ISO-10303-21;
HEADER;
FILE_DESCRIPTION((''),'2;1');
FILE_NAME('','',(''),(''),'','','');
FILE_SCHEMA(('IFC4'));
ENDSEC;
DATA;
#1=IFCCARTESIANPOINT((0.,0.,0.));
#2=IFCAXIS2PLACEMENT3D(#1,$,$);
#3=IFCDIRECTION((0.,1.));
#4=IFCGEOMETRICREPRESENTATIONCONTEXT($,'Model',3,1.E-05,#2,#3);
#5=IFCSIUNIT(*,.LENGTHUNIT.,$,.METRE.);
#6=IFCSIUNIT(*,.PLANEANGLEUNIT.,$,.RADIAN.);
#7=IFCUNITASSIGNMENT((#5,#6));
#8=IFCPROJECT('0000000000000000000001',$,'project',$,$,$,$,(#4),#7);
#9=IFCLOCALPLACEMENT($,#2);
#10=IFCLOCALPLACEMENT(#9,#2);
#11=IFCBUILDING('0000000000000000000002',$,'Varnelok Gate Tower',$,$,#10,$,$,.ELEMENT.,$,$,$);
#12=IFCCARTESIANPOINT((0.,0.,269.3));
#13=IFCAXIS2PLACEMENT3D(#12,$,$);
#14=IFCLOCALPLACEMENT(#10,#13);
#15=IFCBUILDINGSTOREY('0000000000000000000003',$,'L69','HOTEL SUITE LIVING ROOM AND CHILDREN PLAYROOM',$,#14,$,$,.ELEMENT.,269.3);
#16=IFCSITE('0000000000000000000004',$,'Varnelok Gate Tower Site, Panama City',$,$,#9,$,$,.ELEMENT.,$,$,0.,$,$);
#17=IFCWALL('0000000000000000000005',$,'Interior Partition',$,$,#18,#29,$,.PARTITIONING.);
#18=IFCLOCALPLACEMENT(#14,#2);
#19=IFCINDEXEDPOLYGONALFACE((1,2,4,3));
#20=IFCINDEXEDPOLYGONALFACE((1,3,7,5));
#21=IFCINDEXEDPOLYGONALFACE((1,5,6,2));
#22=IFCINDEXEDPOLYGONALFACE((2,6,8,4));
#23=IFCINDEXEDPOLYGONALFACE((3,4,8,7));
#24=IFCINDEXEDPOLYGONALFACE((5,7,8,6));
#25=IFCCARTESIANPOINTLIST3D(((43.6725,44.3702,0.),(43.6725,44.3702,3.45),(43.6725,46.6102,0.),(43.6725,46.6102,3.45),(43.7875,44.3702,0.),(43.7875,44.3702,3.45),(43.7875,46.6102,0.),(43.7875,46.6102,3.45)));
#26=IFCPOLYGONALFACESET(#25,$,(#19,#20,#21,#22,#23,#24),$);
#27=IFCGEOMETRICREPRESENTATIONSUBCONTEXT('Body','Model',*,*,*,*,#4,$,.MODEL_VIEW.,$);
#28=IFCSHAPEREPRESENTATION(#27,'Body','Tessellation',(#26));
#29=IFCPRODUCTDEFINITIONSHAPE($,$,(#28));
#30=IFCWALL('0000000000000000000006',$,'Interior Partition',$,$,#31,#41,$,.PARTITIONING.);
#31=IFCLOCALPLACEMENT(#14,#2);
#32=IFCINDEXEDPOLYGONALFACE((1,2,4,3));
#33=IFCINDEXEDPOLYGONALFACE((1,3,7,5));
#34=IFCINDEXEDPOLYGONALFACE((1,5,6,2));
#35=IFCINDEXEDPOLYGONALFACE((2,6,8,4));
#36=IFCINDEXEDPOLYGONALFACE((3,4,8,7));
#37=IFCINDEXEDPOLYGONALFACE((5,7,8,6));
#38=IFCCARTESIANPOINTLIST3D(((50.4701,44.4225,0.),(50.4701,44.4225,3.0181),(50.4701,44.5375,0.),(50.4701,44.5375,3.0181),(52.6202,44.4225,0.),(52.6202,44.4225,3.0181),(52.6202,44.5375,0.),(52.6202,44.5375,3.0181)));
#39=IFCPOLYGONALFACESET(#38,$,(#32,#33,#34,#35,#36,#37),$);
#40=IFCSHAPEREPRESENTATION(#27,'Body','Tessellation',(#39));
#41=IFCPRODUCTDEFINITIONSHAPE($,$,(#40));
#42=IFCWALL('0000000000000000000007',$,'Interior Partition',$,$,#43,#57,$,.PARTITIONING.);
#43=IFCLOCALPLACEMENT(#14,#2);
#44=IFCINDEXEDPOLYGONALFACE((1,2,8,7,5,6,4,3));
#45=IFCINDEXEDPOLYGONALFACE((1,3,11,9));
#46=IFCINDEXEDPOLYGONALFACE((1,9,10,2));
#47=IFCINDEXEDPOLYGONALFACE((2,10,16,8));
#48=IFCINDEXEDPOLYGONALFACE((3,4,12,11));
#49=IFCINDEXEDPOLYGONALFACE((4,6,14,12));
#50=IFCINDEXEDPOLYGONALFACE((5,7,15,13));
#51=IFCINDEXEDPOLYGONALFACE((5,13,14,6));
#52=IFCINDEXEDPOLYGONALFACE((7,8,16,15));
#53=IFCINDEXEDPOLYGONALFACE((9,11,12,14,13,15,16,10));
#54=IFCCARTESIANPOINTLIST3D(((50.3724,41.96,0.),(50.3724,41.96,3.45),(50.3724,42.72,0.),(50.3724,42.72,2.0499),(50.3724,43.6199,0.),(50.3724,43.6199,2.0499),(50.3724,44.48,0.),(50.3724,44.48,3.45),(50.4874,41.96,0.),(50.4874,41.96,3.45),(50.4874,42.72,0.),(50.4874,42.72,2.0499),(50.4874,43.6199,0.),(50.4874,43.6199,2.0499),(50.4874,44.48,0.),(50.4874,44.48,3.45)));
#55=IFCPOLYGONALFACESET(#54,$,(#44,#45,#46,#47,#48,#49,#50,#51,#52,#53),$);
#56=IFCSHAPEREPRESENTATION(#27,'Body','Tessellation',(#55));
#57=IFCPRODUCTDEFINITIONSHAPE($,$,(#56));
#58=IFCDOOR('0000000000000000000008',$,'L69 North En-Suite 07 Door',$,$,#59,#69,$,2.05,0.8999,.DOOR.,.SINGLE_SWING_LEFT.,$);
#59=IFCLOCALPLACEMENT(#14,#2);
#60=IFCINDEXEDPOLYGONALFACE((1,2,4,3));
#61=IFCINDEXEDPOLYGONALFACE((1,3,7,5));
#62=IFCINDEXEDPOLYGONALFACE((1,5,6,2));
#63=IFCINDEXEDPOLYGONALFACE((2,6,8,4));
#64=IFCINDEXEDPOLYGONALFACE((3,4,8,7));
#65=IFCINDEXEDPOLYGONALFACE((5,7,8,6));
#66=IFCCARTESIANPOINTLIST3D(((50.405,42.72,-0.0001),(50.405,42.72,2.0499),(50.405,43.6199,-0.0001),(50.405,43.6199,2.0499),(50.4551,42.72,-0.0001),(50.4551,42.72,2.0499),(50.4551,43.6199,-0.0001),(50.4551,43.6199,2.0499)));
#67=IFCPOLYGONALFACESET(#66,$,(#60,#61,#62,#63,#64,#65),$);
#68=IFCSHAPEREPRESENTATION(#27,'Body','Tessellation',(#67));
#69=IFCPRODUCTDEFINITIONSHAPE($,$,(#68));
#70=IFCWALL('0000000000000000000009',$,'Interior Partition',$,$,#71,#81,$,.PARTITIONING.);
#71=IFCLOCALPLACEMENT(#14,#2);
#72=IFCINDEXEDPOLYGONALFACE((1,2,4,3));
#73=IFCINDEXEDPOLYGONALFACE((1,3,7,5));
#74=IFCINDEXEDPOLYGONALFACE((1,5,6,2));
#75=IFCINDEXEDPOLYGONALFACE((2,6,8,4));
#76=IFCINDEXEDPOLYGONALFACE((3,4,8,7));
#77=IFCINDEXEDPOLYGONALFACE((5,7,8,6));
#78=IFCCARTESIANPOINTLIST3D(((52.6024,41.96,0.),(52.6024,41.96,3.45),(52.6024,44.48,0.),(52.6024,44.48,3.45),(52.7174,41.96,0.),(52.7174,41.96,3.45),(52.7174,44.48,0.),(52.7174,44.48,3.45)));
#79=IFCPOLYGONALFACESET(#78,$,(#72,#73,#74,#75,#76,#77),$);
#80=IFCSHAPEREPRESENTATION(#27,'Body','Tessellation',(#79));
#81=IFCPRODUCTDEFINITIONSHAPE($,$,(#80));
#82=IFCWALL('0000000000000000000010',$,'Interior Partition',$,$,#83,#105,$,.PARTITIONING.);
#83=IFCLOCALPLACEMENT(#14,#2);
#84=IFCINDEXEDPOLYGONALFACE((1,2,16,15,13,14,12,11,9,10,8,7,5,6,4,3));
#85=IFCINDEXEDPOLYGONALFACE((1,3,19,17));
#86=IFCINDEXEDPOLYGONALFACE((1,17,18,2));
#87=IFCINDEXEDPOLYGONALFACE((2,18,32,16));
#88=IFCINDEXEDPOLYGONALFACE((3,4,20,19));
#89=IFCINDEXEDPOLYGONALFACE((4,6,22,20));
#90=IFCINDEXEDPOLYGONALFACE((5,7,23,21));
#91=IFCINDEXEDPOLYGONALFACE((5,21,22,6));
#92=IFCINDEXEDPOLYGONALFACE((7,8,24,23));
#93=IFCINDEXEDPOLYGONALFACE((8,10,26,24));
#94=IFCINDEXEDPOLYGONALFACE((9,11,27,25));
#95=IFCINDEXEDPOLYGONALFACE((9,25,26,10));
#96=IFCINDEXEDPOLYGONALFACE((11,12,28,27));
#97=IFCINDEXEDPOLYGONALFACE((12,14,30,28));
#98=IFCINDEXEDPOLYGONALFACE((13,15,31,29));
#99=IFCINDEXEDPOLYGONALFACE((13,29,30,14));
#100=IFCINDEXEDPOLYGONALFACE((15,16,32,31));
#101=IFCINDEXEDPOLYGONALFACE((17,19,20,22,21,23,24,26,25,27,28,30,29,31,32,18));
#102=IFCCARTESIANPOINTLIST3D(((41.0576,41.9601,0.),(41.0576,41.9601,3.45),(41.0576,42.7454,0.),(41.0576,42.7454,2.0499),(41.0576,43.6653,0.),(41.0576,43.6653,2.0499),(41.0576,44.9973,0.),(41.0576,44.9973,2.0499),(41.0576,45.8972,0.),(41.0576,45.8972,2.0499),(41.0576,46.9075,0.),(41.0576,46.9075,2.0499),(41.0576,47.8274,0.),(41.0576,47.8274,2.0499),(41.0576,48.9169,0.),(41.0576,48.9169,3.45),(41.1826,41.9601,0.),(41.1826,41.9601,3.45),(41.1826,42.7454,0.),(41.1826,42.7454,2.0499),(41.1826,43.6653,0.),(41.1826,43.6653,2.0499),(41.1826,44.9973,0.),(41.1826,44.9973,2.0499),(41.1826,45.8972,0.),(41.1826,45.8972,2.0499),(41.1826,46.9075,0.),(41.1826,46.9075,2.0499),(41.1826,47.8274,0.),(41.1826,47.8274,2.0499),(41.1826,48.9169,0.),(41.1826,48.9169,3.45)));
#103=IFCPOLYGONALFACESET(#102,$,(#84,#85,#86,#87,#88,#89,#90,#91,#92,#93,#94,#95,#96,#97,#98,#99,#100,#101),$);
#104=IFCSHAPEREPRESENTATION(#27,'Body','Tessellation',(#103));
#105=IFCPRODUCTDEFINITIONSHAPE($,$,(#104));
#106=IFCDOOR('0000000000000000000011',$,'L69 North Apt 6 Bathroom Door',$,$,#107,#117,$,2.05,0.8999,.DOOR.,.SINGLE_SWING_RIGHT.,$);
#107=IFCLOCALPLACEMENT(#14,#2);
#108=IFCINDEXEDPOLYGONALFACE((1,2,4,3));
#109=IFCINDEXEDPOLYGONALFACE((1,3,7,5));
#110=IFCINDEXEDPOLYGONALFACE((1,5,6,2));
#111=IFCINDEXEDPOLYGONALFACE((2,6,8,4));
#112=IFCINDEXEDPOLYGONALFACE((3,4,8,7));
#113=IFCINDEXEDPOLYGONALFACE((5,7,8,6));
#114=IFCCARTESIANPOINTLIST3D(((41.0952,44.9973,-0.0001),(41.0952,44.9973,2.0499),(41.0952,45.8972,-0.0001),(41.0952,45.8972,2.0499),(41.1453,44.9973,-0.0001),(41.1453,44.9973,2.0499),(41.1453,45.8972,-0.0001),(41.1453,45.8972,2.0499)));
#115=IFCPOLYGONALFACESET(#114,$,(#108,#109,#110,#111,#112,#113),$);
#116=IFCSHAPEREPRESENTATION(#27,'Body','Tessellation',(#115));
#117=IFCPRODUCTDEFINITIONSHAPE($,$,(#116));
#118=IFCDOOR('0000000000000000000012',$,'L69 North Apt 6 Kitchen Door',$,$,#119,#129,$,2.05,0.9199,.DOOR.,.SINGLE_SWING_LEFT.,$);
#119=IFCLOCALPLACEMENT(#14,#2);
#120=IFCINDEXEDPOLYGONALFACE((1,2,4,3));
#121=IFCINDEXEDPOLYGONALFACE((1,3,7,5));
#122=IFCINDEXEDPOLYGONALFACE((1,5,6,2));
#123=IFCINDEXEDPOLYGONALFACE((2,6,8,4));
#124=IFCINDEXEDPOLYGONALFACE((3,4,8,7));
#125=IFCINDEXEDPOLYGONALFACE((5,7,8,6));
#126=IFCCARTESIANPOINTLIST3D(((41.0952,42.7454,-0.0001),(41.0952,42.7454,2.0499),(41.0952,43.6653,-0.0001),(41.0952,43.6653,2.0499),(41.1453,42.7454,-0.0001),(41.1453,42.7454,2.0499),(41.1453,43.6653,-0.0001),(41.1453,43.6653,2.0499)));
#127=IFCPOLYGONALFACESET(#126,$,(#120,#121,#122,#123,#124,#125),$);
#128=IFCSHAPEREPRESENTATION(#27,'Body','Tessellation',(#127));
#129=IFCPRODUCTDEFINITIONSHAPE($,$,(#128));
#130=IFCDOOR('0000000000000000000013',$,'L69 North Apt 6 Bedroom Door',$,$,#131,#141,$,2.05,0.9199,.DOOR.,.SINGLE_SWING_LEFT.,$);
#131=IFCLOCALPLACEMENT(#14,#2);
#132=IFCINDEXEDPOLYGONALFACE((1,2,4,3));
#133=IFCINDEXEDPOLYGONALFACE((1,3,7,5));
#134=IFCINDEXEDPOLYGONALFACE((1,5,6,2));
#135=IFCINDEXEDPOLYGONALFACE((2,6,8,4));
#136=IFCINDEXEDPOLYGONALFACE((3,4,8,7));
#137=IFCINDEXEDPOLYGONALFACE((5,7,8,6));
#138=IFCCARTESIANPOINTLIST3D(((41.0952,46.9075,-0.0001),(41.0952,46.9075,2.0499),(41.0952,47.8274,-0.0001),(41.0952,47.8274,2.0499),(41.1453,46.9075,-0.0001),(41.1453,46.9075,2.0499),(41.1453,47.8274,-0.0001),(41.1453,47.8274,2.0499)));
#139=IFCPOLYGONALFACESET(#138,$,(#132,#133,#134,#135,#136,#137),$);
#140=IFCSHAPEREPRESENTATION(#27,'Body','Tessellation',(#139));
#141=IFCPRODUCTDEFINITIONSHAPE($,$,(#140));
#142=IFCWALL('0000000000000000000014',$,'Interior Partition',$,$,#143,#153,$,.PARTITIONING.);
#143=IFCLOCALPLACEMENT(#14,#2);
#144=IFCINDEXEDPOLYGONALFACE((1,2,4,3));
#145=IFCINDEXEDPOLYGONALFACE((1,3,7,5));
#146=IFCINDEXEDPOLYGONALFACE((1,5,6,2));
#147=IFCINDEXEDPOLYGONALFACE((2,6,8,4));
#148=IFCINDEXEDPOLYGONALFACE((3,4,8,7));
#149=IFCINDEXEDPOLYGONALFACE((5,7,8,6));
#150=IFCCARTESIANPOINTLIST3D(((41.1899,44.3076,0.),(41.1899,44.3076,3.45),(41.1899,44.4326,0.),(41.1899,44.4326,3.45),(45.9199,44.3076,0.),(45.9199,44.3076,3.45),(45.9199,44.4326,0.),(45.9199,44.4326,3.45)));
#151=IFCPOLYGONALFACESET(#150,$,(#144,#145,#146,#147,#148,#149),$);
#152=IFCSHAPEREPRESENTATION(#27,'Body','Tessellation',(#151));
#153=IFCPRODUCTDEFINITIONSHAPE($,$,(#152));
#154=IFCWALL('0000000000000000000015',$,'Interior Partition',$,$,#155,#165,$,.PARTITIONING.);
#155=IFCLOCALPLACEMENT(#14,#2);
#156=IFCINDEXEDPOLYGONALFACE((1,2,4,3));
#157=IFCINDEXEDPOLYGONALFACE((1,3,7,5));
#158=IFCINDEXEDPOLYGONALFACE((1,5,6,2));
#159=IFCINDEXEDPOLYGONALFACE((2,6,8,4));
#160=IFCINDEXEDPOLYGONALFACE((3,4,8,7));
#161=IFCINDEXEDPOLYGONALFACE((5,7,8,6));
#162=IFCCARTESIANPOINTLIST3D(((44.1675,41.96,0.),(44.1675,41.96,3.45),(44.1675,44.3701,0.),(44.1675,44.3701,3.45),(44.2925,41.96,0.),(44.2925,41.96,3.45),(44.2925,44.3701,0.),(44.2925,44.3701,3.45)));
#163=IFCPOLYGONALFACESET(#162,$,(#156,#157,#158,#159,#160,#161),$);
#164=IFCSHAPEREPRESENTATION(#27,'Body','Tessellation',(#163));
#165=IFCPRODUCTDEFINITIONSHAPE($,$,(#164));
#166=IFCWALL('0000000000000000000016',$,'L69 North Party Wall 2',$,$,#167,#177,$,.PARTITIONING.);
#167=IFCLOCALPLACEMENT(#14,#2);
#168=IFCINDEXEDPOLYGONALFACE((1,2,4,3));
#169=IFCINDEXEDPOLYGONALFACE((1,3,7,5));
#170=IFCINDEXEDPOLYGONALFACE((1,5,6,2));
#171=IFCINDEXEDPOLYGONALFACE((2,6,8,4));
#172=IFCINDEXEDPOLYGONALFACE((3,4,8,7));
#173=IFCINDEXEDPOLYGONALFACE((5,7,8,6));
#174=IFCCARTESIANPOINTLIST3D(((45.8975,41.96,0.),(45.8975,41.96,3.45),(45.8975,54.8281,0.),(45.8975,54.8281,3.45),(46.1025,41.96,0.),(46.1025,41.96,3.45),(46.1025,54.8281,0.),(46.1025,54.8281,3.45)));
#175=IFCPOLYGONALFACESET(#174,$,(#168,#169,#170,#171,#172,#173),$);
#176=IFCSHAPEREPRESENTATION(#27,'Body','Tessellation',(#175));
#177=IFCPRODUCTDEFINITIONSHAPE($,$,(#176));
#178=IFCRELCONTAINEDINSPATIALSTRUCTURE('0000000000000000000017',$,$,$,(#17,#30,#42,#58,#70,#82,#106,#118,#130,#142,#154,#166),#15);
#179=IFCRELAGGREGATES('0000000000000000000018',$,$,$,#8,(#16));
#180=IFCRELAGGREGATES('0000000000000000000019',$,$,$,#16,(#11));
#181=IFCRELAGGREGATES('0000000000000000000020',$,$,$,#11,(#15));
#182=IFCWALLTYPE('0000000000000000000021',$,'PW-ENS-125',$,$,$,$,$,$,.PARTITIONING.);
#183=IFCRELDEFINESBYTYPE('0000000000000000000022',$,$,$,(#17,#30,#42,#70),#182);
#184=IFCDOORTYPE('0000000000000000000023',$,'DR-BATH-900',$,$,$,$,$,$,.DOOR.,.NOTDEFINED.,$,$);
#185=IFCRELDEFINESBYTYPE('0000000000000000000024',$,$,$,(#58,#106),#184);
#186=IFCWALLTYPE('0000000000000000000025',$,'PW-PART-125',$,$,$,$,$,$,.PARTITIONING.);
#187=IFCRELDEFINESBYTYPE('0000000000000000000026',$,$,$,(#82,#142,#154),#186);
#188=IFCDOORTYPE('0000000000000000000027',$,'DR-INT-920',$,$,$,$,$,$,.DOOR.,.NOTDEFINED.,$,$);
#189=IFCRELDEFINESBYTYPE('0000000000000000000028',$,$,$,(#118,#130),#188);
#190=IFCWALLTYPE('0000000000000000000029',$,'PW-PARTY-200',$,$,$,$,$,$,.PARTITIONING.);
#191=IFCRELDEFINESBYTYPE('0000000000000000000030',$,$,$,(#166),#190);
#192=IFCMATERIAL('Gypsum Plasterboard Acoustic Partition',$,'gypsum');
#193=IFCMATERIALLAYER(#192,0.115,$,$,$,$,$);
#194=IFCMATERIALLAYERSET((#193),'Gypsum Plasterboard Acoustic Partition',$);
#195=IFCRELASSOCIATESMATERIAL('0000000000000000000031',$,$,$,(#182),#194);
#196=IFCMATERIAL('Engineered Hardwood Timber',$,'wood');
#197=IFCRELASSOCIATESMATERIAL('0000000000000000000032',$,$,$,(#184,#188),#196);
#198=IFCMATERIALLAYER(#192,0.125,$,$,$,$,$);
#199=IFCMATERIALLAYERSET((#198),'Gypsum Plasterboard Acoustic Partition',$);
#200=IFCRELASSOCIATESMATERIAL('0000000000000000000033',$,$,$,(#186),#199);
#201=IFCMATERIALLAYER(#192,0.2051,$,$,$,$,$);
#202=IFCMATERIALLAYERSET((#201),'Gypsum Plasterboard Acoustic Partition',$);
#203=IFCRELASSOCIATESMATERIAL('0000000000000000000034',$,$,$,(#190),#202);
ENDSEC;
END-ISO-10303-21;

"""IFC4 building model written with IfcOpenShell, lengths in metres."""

from ifc_helpers import new_model, si_unit, direction, frame, frame_2d, origin, place, context, subcontext, project, spatial, rectangle, extrude, material, layer, layer_set, type_object, element, fill, save


model = new_model("IFC4")

# Units and contexts
model_context = context("Model", 3, precision=1e-05, world=origin(), true_north=direction((0.0, 1.0)))
body_context = subcontext(model_context, "Body", "Model", "MODEL_VIEW")
ifc_project = project(units=[si_unit("LENGTHUNIT", "METRE"), si_unit("PLANEANGLEUNIT", "RADIAN")], contexts=[model_context])

# Site, building, storey
site_placement = place(None, origin())
site = spatial("IfcSite", under=ifc_project, at=site_placement, Name="Varnelok Gate Tower Site, Panama City", CompositionType="ELEMENT", RefElevation=0.0)
building_placement = place(site_placement, origin())
building = spatial("IfcBuilding", under=site, at=building_placement, Name="Varnelok Gate Tower", CompositionType="ELEMENT")
storey_placement = place(building_placement, frame((0.0, 0.0, 269.3)))
storey = spatial("IfcBuildingStorey", under=building, at=storey_placement, Name="L69", Description="HOTEL SUITE LIVING ROOM AND CHILDREN PLAYROOM", CompositionType="ELEMENT", Elevation=269.3)

# Shared definitions
ifc_material_1 = material(Name="Gypsum Plasterboard Acoustic Partition", Category="gypsum")
ifc_material_2 = material(Name="Engineered Hardwood Timber", Category="wood")

# Walls
ifc_layer_1 = layer(ifc_material_1, 0.115)
ifc_layer_set_1 = layer_set([ifc_layer_1], Name="Gypsum Plasterboard Acoustic Partition")
wall_type_1 = type_object("IfcWallType", Name="PW-ENS-125", PredefinedType="PARTITIONING", material=ifc_layer_set_1)
wall_1_placement = place(storey_placement, frame((43.73, 44.3701, 0.0), z_axis=(0.0, 0.0, 1.0), x_axis=(0.0, 1.0, 0.0)))
element("IfcWall", 1, at=wall_1_placement, inside=storey, type_object=wall_type_1, Name="Interior Partition", PredefinedType="PARTITIONING", context=body_context, shape_type="SweptSolid", body=[
    extrude(rectangle(XDim=2.24, YDim=0.115, at=frame_2d((1.1201, 0.0))), origin(), (0.0, 0.0, 1.0), 3.45),
])
wall_2_placement = place(storey_placement, frame((50.47, 44.48, 0.0), z_axis=(0.0, 0.0, 1.0), x_axis=(1.0, 0.0, 0.0)))
element("IfcWall", 2, at=wall_2_placement, inside=storey, type_object=wall_type_1, Name="Interior Partition", PredefinedType="PARTITIONING", context=body_context, shape_type="SweptSolid", body=[
    extrude(rectangle(XDim=2.1501, YDim=0.115, at=frame_2d((1.0752, 0.0))), origin(), (0.0, 0.0, 1.0), 3.0181),
])

# Wall, opening, door
wall_3_placement = place(storey_placement, frame((50.4299, 41.96, 0.0), z_axis=(0.0, 0.0, 1.0), x_axis=(0.0, 1.0, 0.0)))
wall_3 = element("IfcWall", 3, at=wall_3_placement, inside=storey, type_object=wall_type_1, Name="Interior Partition", PredefinedType="PARTITIONING", context=body_context, shape_type="SweptSolid", body=[
    extrude(rectangle(XDim=2.52, YDim=0.115, at=frame_2d((1.26, 0.0))), origin(), (0.0, 0.0, 1.0), 3.45),
])
opening_1_placement = place(wall_3_placement, frame((0.76, 0.0, 0.0)))
opening_1 = element("IfcOpeningElement", 4, at=opening_1_placement, cuts=wall_3, PredefinedType="OPENING", context=body_context, shape_type="SweptSolid", body=[
    extrude(rectangle(XDim=0.8999, YDim=2.05, at=frame_2d((0.45, 1.0249))), frame((0.0, 0.0674, 0.0), z_axis=(0.0, -1.0, 0.0), x_axis=(1.0, 0.0, 0.0)), (0.0, 0.0, 1.0), 0.135),
])
door_type_1 = type_object("IfcDoorType", Name="DR-BATH-900", OperationType="NOTDEFINED", PredefinedType="DOOR", material=ifc_material_2)
door_1_placement = place(opening_1_placement, origin())
door_1 = element("IfcDoor", 5, at=door_1_placement, inside=storey, type_object=door_type_1, Name="L69 North En-Suite 07 Door", OperationType="SINGLE_SWING_LEFT", OverallHeight=2.05, OverallWidth=0.8999, PredefinedType="DOOR", context=body_context, shape_type="SweptSolid", body=[
    extrude(rectangle(XDim=0.8999, YDim=2.05, at=frame_2d((0.45, 1.0249))), frame((0.0, 0.0249, 0.0), z_axis=(0.0, -1.0, 0.0), x_axis=(1.0, 0.0, 0.0)), (0.0, 0.0, 1.0), 0.05),
])
fill(opening_1, door_1)

# Wall
wall_4_placement = place(storey_placement, frame((52.6599, 41.96, 0.0), z_axis=(0.0, 0.0, 1.0), x_axis=(0.0, 1.0, 0.0)))
element("IfcWall", 6, at=wall_4_placement, inside=storey, type_object=wall_type_1, Name="Interior Partition", PredefinedType="PARTITIONING", context=body_context, shape_type="SweptSolid", body=[
    extrude(rectangle(XDim=2.52, YDim=0.115, at=frame_2d((1.26, 0.0))), origin(), (0.0, 0.0, 1.0), 3.45),
])

# Wall, openings, doors
ifc_layer_2 = layer(ifc_material_1, 0.125)
ifc_layer_set_2 = layer_set([ifc_layer_2], Name="Gypsum Plasterboard Acoustic Partition")
wall_type_2 = type_object("IfcWallType", Name="PW-PART-125", PredefinedType="PARTITIONING", material=ifc_layer_set_2)
wall_5_placement = place(storey_placement, frame((41.1201, 41.96, 0.0), z_axis=(0.0, 0.0, 1.0), x_axis=(0.0, 1.0, 0.0)))
wall_5 = element("IfcWall", 7, at=wall_5_placement, inside=storey, type_object=wall_type_2, Name="Interior Partition", PredefinedType="PARTITIONING", context=body_context, shape_type="SweptSolid", body=[
    extrude(rectangle(XDim=6.9568, YDim=0.125, at=frame_2d((3.4785, 0.0))), origin(), (0.0, 0.0, 1.0), 3.45),
])
opening_2_placement = place(wall_5_placement, frame((0.7854, 0.0, 0.0)))
opening_2 = element("IfcOpeningElement", 8, at=opening_2_placement, cuts=wall_5, PredefinedType="OPENING", context=body_context, shape_type="SweptSolid", body=[
    extrude(rectangle(XDim=0.9199, YDim=2.05, at=frame_2d((0.46, 1.0249))), frame((0.0, 0.0725, 0.0), z_axis=(0.0, -1.0, 0.0), x_axis=(1.0, 0.0, 0.0)), (0.0, 0.0, 1.0), 0.145),
])
opening_3_placement = place(wall_5_placement, frame((3.0374, 0.0, 0.0)))
opening_3 = element("IfcOpeningElement", 9, at=opening_3_placement, cuts=wall_5, PredefinedType="OPENING", context=body_context, shape_type="SweptSolid", body=[
    extrude(rectangle(XDim=0.8999, YDim=2.05, at=frame_2d((0.45, 1.0249))), frame((0.0, 0.0725, 0.0), z_axis=(0.0, -1.0, 0.0), x_axis=(1.0, 0.0, 0.0)), (0.0, 0.0, 1.0), 0.145),
])
opening_4_placement = place(wall_5_placement, frame((4.9475, 0.0, 0.0)))
opening_4 = element("IfcOpeningElement", 10, at=opening_4_placement, cuts=wall_5, PredefinedType="OPENING", context=body_context, shape_type="SweptSolid", body=[
    extrude(rectangle(XDim=0.9199, YDim=2.05, at=frame_2d((0.46, 1.0249))), frame((0.0, 0.0725, 0.0), z_axis=(0.0, -1.0, 0.0), x_axis=(1.0, 0.0, 0.0)), (0.0, 0.0, 1.0), 0.145),
])
door_2_placement = place(opening_3_placement, origin())
door_2 = element("IfcDoor", 11, at=door_2_placement, inside=storey, type_object=door_type_1, Name="L69 North Apt 6 Bathroom Door", OperationType="SINGLE_SWING_RIGHT", OverallHeight=2.05, OverallWidth=0.8999, PredefinedType="DOOR", context=body_context, shape_type="SweptSolid", body=[
    extrude(rectangle(XDim=0.8999, YDim=2.05, at=frame_2d((0.45, 1.0249))), frame((0.0, 0.0249, 0.0), z_axis=(0.0, -1.0, 0.0), x_axis=(1.0, 0.0, 0.0)), (0.0, 0.0, 1.0), 0.05),
])
fill(opening_3, door_2)
door_type_2 = type_object("IfcDoorType", Name="DR-INT-920", OperationType="NOTDEFINED", PredefinedType="DOOR", material=ifc_material_2)
door_3_placement = place(opening_2_placement, origin())
door_3 = element("IfcDoor", 12, at=door_3_placement, inside=storey, type_object=door_type_2, Name="L69 North Apt 6 Kitchen Door", OperationType="SINGLE_SWING_LEFT", OverallHeight=2.05, OverallWidth=0.9199, PredefinedType="DOOR", context=body_context, shape_type="SweptSolid", body=[
    extrude(rectangle(XDim=0.9199, YDim=2.05, at=frame_2d((0.46, 1.0249))), frame((0.0, 0.0249, 0.0), z_axis=(0.0, -1.0, 0.0), x_axis=(1.0, 0.0, 0.0)), (0.0, 0.0, 1.0), 0.05),
])
fill(opening_2, door_3)
door_4_placement = place(opening_4_placement, origin())
door_4 = element("IfcDoor", 13, at=door_4_placement, inside=storey, type_object=door_type_2, Name="L69 North Apt 6 Bedroom Door", OperationType="SINGLE_SWING_LEFT", OverallHeight=2.05, OverallWidth=0.9199, PredefinedType="DOOR", context=body_context, shape_type="SweptSolid", body=[
    extrude(rectangle(XDim=0.9199, YDim=2.05, at=frame_2d((0.46, 1.0249))), frame((0.0, 0.0249, 0.0), z_axis=(0.0, -1.0, 0.0), x_axis=(1.0, 0.0, 0.0)), (0.0, 0.0, 1.0), 0.05),
])
fill(opening_4, door_4)

# Walls
wall_6_placement = place(storey_placement, frame((41.1899, 44.3701, 0.0), z_axis=(0.0, 0.0, 1.0), x_axis=(1.0, 0.0, 0.0)))
element("IfcWall", 14, at=wall_6_placement, inside=storey, type_object=wall_type_2, Name="Interior Partition", PredefinedType="PARTITIONING", context=body_context, shape_type="SweptSolid", body=[
    extrude(rectangle(XDim=4.73, YDim=0.125, at=frame_2d((2.365, 0.0))), origin(), (0.0, 0.0, 1.0), 3.45),
])
wall_7_placement = place(storey_placement, frame((44.23, 41.96, 0.0), z_axis=(0.0, 0.0, 1.0), x_axis=(0.0, 1.0, 0.0)))
element("IfcWall", 15, at=wall_7_placement, inside=storey, type_object=wall_type_2, Name="Interior Partition", PredefinedType="PARTITIONING", context=body_context, shape_type="SweptSolid", body=[
    extrude(rectangle(XDim=2.4102, YDim=0.125, at=frame_2d((1.2051, 0.0))), origin(), (0.0, 0.0, 1.0), 3.45),
])
ifc_layer_3 = layer(ifc_material_1, 0.2051)
ifc_layer_set_3 = layer_set([ifc_layer_3], Name="Gypsum Plasterboard Acoustic Partition")
wall_type_3 = type_object("IfcWallType", Name="PW-PARTY-200", PredefinedType="PARTITIONING", material=ifc_layer_set_3)
wall_8_placement = place(storey_placement, frame((46.0, 41.96, 0.0), z_axis=(0.0, 0.0, 1.0), x_axis=(0.0, 1.0, 0.0)))
element("IfcWall", 16, at=wall_8_placement, inside=storey, type_object=wall_type_3, Name="L69 North Party Wall 2", PredefinedType="PARTITIONING", context=body_context, shape_type="SweptSolid", body=[
    extrude(rectangle(XDim=12.8682, YDim=0.2051, at=frame_2d((6.4341, 0.0))), origin(), (0.0, 0.0, 1.0), 3.45),
])

save(model, "model.ifc")
